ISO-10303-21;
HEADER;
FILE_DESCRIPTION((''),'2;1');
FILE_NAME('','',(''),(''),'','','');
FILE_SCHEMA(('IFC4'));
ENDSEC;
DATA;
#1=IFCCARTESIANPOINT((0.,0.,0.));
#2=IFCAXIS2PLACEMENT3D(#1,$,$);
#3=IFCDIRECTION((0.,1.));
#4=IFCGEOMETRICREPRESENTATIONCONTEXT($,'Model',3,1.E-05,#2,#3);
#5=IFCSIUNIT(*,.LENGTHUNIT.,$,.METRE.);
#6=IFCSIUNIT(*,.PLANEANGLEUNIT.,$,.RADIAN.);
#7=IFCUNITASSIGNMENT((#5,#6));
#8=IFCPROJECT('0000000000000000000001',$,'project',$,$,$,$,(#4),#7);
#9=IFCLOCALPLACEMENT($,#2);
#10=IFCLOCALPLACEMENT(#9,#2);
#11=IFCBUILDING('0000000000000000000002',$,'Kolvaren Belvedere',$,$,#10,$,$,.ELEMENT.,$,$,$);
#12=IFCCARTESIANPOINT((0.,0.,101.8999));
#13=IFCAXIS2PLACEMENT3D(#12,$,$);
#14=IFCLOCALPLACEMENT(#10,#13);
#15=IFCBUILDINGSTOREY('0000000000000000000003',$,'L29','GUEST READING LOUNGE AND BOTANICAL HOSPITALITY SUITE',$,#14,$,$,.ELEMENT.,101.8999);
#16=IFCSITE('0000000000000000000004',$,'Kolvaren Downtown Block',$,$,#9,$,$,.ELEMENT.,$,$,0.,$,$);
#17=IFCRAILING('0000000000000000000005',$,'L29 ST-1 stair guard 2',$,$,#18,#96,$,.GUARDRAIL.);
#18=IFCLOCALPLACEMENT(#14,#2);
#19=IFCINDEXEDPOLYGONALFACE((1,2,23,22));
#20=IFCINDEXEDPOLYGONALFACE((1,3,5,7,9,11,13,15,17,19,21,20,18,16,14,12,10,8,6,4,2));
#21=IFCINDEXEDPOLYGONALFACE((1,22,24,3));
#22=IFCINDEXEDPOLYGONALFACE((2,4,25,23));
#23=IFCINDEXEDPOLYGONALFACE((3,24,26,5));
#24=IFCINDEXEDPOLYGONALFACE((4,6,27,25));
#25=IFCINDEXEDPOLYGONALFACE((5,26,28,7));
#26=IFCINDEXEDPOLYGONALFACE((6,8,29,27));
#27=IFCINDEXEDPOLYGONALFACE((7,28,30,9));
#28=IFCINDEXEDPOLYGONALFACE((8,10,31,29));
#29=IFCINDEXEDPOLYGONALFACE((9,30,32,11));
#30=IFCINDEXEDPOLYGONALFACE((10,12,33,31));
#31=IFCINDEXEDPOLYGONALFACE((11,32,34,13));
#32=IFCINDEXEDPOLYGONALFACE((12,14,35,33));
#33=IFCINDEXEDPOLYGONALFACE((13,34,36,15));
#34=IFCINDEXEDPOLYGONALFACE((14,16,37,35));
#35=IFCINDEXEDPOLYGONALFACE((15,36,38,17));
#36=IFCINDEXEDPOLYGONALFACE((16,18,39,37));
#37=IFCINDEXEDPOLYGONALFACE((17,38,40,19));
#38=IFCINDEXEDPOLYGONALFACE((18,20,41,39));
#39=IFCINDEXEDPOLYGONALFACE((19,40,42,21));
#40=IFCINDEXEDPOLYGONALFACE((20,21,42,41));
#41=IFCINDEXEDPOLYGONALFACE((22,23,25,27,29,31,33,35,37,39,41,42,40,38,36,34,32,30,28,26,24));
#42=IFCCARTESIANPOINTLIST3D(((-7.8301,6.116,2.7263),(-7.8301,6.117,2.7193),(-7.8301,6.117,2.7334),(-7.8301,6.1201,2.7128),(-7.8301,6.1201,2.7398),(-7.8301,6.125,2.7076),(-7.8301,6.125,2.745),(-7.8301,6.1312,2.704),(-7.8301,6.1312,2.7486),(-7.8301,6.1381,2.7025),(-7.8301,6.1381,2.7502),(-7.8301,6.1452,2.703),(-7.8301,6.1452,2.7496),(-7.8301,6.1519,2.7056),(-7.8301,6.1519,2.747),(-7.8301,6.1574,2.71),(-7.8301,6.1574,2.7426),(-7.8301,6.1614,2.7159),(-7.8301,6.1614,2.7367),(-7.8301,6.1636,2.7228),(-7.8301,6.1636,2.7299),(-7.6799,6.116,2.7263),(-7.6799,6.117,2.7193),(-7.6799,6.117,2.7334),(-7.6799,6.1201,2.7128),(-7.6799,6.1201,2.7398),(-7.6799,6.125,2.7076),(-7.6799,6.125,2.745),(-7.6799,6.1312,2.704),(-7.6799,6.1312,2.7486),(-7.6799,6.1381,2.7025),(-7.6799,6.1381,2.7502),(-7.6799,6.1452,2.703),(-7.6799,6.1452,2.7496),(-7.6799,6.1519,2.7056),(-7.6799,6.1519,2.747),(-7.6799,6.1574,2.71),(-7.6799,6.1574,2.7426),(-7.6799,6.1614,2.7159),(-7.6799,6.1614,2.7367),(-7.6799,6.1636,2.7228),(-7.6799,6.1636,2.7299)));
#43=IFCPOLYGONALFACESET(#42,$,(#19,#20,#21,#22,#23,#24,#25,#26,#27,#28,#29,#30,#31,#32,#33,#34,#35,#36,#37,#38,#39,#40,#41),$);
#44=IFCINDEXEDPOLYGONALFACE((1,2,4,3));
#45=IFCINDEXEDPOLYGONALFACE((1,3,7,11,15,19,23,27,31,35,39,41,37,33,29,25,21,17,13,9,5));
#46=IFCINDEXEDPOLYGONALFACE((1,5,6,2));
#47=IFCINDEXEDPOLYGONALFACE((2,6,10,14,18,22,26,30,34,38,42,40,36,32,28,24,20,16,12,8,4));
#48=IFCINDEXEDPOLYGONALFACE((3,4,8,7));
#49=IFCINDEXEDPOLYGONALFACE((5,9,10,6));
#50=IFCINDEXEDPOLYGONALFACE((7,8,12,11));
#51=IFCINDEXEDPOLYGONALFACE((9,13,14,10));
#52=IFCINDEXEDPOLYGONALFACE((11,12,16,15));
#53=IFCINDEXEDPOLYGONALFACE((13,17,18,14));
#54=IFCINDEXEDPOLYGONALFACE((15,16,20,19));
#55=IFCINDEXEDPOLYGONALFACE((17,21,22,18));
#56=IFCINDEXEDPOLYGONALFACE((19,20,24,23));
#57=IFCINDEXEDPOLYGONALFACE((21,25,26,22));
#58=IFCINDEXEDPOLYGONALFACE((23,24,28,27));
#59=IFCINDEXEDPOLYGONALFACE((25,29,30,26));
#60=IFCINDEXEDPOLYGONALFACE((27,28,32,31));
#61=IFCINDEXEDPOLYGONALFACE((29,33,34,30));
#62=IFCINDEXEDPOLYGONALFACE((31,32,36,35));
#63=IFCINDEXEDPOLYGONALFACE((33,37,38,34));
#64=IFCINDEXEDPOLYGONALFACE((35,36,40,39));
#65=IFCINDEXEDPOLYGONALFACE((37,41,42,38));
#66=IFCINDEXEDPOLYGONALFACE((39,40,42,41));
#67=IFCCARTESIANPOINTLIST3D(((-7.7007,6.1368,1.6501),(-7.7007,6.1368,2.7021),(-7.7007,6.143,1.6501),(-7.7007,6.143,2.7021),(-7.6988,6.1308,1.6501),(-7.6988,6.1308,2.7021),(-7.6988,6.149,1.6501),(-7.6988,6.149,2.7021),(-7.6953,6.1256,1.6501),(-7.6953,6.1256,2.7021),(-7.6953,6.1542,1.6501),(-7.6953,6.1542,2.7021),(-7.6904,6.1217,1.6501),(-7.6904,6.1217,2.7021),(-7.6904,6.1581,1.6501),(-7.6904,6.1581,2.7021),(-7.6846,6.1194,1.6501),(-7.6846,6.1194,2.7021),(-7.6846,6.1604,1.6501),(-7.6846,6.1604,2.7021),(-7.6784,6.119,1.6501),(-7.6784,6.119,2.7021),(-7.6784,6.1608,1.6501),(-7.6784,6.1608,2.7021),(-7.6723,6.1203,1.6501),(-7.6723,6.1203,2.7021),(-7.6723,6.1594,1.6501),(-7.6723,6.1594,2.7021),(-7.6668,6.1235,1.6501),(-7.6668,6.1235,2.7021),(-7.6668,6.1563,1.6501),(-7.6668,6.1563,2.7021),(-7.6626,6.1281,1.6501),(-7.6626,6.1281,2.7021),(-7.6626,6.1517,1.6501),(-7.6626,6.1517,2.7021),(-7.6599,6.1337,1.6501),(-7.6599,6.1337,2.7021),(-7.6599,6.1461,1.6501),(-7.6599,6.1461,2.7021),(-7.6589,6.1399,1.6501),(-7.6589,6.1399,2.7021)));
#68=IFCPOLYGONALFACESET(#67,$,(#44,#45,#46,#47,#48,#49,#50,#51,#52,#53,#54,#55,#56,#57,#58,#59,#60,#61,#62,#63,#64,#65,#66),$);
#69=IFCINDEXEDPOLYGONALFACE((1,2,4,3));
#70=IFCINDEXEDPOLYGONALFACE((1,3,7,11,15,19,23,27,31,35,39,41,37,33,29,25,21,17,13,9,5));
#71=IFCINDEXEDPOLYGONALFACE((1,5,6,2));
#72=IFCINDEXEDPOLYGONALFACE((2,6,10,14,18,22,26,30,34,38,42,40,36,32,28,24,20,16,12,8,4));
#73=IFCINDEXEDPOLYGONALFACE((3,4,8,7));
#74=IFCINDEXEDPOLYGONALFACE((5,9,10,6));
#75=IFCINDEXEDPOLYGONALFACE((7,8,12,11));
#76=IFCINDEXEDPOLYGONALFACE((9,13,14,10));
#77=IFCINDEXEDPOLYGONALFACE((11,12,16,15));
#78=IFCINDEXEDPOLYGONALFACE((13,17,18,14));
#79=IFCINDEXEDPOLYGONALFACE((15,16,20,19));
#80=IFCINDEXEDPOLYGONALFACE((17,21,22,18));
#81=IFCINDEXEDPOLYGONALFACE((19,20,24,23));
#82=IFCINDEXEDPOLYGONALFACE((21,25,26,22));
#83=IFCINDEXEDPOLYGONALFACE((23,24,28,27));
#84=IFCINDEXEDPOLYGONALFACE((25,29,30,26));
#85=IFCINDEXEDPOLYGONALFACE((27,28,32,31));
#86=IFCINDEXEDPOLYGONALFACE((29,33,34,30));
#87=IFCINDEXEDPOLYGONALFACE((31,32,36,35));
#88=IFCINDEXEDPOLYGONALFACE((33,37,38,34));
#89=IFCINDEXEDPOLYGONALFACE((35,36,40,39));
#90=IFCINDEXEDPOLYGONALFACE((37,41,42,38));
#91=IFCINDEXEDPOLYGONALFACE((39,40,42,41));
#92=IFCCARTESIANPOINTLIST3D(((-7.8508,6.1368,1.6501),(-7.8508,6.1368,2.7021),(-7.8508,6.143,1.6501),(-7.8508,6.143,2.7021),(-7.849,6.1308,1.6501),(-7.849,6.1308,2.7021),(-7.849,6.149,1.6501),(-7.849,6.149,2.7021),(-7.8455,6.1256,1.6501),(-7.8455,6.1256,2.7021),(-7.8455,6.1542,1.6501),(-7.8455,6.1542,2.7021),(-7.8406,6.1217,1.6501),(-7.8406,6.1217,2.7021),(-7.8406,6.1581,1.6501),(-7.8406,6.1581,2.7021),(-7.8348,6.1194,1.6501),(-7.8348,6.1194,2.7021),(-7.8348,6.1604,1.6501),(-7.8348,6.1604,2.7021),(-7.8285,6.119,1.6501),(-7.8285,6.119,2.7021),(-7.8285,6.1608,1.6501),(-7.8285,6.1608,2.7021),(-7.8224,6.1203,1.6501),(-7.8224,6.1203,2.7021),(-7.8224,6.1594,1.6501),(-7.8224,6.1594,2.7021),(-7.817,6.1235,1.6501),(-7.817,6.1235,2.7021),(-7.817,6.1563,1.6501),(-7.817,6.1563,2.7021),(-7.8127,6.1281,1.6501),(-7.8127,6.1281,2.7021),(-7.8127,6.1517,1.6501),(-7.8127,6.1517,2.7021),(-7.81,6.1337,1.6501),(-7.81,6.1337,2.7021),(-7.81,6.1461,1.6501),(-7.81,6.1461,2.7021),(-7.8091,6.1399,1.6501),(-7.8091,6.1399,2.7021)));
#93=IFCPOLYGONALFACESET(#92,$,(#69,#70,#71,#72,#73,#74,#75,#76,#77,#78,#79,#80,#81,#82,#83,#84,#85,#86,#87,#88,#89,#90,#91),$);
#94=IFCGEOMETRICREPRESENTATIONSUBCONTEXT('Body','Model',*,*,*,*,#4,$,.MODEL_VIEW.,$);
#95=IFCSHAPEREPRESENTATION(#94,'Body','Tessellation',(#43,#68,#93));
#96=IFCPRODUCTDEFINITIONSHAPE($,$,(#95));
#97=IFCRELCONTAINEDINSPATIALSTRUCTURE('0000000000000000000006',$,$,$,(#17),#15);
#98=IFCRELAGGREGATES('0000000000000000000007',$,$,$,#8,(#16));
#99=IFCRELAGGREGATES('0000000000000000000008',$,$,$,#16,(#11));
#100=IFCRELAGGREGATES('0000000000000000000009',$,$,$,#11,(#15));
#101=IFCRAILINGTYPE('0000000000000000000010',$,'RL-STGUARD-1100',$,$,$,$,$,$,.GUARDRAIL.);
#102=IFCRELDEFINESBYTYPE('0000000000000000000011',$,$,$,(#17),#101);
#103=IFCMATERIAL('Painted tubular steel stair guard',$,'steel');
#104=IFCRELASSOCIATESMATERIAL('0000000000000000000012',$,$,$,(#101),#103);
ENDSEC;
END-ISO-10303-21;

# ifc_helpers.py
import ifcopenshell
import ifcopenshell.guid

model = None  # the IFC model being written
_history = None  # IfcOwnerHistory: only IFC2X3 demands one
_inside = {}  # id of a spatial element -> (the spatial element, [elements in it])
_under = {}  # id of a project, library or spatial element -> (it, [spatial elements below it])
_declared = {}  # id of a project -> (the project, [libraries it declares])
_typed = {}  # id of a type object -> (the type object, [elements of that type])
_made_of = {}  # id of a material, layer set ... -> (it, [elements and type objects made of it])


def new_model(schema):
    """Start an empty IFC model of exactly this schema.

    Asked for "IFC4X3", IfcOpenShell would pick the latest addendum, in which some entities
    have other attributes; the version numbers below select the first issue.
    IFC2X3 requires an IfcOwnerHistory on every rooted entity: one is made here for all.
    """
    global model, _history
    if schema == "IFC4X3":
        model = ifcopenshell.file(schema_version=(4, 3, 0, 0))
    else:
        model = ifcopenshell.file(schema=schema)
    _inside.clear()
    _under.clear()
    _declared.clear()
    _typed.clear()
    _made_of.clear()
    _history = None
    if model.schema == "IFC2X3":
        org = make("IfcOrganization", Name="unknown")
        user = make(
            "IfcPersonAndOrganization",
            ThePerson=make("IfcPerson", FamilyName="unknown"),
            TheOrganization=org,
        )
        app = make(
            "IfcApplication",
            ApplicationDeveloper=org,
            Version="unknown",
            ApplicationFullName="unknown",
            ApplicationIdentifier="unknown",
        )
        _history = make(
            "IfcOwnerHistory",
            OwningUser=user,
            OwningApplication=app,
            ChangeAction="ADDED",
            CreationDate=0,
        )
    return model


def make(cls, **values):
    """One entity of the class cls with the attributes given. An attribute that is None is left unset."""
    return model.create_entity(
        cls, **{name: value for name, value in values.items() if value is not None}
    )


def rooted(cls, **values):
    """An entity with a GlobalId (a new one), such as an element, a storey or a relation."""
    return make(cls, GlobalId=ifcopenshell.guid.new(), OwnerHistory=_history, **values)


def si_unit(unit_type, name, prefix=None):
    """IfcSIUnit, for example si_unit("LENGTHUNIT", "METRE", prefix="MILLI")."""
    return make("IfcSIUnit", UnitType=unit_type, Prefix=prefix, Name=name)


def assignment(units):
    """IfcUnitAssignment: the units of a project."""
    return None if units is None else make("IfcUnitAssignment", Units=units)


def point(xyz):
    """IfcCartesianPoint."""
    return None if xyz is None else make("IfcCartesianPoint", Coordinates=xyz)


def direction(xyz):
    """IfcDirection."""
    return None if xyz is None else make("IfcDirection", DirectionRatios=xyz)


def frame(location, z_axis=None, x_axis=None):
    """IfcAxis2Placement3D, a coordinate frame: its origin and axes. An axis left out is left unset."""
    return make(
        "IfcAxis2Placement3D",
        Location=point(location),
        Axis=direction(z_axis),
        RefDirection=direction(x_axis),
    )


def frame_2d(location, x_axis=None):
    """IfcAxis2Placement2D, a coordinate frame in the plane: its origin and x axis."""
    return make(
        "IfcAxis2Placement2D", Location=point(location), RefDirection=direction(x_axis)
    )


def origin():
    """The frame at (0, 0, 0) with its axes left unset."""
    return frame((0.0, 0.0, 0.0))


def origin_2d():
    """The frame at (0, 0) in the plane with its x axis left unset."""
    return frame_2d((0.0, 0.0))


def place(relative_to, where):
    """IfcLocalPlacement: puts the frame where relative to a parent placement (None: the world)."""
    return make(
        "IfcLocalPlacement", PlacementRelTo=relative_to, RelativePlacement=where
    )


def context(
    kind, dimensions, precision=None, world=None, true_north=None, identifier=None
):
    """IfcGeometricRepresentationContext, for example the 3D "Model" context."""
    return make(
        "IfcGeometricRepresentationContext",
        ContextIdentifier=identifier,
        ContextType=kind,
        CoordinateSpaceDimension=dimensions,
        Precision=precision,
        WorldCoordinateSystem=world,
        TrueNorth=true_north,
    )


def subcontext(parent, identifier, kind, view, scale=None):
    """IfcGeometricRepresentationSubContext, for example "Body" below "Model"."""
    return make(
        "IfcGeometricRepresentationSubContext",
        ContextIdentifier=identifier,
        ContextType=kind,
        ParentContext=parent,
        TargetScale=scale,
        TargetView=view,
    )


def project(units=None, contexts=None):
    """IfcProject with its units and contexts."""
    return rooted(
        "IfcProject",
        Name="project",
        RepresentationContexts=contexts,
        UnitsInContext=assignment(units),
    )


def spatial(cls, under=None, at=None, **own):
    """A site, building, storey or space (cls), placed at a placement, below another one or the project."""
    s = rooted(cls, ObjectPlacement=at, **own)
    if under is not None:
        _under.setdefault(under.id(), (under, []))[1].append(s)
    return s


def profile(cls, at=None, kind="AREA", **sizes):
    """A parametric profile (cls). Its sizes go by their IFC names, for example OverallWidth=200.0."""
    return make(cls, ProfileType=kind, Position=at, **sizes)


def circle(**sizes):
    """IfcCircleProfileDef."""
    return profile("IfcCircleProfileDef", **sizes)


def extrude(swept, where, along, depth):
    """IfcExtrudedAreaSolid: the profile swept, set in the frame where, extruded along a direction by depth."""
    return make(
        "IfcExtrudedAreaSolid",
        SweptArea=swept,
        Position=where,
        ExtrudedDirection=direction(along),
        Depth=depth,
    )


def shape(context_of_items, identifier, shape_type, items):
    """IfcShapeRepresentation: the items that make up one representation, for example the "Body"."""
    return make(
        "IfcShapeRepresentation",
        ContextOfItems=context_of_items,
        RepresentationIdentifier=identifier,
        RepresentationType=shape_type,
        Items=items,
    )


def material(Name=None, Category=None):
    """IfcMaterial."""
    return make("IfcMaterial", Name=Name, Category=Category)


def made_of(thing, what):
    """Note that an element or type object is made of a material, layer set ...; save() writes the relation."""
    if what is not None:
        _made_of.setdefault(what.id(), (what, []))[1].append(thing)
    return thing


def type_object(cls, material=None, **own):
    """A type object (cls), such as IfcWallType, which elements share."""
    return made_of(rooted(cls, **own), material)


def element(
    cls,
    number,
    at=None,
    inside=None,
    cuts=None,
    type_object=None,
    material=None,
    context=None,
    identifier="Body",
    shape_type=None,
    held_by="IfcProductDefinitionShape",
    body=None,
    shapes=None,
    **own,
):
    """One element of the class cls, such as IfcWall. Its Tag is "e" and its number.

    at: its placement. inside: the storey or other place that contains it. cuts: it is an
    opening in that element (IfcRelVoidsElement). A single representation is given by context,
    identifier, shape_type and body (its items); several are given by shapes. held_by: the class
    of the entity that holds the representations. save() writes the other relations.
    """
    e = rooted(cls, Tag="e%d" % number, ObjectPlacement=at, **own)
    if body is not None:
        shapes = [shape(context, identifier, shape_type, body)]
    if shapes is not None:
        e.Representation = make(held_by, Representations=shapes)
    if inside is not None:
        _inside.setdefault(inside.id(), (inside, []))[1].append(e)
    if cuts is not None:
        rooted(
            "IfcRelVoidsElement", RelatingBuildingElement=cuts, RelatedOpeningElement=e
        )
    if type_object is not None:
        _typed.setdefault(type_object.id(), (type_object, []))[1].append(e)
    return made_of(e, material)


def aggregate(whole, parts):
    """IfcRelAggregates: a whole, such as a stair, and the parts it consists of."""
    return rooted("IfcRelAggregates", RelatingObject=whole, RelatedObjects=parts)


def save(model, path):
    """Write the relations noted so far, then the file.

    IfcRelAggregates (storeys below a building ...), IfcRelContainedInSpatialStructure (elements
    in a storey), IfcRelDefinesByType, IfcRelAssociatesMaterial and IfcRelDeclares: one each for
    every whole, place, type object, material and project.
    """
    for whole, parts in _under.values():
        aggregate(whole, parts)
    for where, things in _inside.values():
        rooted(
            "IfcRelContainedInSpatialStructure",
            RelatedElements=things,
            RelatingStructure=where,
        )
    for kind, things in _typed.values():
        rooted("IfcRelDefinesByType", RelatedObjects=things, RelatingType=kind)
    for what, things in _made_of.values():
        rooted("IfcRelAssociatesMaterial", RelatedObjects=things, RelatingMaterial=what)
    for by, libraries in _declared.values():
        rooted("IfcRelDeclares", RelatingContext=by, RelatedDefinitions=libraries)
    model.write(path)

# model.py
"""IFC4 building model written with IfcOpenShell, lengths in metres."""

from ifc_helpers import new_model, si_unit, direction, frame, origin, origin_2d, place, context, subcontext, project, spatial, circle, extrude, material, type_object, element, save


model = new_model("IFC4")

# Units and contexts
model_context = context("Model", 3, precision=1e-05, world=origin(), true_north=direction((0.0, 1.0)))
body_context = subcontext(model_context, "Body", "Model", "MODEL_VIEW")
ifc_project = project(units=[si_unit("LENGTHUNIT", "METRE"), si_unit("PLANEANGLEUNIT", "RADIAN")], contexts=[model_context])

# Site, building, storey
site_placement = place(None, origin())
site = spatial("IfcSite", under=ifc_project, at=site_placement, Name="Kolvaren Downtown Block", CompositionType="ELEMENT", RefElevation=0.0)
building_placement = place(site_placement, origin())
building = spatial("IfcBuilding", under=site, at=building_placement, Name="Kolvaren Belvedere", CompositionType="ELEMENT")
storey_placement = place(building_placement, frame((0.0, 0.0, 101.8999)))
storey = spatial("IfcBuildingStorey", under=building, at=storey_placement, Name="L29", Description="GUEST READING LOUNGE AND BOTANICAL HOSPITALITY SUITE", CompositionType="ELEMENT", Elevation=101.8999)

# Railing
ifc_material_1 = material(Name="Painted tubular steel stair guard", Category="steel")
railing_type_1 = type_object("IfcRailingType", Name="RL-STGUARD-1100", PredefinedType="GUARDRAIL", material=ifc_material_1)
railing_1_placement = place(storey_placement, frame((-7.6799, 6.1399, 1.6501)))
element("IfcRailing", 1, at=railing_1_placement, inside=storey, type_object=railing_type_1, Name="L29 ST-1 stair guard 2", PredefinedType="GUARDRAIL", context=body_context, shape_type="SweptSolid", body=[
    extrude(circle(Radius=0.0239, at=origin_2d()), frame((0.0, 0.0, 1.0762), z_axis=(-1.0, 0.0, 0.0), x_axis=(0.0, -1.0, 0.0)), (0.0, 0.0, 1.0), 0.1501),
    extrude(circle(Radius=0.021, at=origin_2d()), origin(), (0.0, 0.0, 1.0), 1.052),
    extrude(circle(Radius=0.021, at=origin_2d()), frame((-0.1501, 0.0, 0.0)), (0.0, 0.0, 1.0), 1.052),
])

save(model, "model.ifc")
